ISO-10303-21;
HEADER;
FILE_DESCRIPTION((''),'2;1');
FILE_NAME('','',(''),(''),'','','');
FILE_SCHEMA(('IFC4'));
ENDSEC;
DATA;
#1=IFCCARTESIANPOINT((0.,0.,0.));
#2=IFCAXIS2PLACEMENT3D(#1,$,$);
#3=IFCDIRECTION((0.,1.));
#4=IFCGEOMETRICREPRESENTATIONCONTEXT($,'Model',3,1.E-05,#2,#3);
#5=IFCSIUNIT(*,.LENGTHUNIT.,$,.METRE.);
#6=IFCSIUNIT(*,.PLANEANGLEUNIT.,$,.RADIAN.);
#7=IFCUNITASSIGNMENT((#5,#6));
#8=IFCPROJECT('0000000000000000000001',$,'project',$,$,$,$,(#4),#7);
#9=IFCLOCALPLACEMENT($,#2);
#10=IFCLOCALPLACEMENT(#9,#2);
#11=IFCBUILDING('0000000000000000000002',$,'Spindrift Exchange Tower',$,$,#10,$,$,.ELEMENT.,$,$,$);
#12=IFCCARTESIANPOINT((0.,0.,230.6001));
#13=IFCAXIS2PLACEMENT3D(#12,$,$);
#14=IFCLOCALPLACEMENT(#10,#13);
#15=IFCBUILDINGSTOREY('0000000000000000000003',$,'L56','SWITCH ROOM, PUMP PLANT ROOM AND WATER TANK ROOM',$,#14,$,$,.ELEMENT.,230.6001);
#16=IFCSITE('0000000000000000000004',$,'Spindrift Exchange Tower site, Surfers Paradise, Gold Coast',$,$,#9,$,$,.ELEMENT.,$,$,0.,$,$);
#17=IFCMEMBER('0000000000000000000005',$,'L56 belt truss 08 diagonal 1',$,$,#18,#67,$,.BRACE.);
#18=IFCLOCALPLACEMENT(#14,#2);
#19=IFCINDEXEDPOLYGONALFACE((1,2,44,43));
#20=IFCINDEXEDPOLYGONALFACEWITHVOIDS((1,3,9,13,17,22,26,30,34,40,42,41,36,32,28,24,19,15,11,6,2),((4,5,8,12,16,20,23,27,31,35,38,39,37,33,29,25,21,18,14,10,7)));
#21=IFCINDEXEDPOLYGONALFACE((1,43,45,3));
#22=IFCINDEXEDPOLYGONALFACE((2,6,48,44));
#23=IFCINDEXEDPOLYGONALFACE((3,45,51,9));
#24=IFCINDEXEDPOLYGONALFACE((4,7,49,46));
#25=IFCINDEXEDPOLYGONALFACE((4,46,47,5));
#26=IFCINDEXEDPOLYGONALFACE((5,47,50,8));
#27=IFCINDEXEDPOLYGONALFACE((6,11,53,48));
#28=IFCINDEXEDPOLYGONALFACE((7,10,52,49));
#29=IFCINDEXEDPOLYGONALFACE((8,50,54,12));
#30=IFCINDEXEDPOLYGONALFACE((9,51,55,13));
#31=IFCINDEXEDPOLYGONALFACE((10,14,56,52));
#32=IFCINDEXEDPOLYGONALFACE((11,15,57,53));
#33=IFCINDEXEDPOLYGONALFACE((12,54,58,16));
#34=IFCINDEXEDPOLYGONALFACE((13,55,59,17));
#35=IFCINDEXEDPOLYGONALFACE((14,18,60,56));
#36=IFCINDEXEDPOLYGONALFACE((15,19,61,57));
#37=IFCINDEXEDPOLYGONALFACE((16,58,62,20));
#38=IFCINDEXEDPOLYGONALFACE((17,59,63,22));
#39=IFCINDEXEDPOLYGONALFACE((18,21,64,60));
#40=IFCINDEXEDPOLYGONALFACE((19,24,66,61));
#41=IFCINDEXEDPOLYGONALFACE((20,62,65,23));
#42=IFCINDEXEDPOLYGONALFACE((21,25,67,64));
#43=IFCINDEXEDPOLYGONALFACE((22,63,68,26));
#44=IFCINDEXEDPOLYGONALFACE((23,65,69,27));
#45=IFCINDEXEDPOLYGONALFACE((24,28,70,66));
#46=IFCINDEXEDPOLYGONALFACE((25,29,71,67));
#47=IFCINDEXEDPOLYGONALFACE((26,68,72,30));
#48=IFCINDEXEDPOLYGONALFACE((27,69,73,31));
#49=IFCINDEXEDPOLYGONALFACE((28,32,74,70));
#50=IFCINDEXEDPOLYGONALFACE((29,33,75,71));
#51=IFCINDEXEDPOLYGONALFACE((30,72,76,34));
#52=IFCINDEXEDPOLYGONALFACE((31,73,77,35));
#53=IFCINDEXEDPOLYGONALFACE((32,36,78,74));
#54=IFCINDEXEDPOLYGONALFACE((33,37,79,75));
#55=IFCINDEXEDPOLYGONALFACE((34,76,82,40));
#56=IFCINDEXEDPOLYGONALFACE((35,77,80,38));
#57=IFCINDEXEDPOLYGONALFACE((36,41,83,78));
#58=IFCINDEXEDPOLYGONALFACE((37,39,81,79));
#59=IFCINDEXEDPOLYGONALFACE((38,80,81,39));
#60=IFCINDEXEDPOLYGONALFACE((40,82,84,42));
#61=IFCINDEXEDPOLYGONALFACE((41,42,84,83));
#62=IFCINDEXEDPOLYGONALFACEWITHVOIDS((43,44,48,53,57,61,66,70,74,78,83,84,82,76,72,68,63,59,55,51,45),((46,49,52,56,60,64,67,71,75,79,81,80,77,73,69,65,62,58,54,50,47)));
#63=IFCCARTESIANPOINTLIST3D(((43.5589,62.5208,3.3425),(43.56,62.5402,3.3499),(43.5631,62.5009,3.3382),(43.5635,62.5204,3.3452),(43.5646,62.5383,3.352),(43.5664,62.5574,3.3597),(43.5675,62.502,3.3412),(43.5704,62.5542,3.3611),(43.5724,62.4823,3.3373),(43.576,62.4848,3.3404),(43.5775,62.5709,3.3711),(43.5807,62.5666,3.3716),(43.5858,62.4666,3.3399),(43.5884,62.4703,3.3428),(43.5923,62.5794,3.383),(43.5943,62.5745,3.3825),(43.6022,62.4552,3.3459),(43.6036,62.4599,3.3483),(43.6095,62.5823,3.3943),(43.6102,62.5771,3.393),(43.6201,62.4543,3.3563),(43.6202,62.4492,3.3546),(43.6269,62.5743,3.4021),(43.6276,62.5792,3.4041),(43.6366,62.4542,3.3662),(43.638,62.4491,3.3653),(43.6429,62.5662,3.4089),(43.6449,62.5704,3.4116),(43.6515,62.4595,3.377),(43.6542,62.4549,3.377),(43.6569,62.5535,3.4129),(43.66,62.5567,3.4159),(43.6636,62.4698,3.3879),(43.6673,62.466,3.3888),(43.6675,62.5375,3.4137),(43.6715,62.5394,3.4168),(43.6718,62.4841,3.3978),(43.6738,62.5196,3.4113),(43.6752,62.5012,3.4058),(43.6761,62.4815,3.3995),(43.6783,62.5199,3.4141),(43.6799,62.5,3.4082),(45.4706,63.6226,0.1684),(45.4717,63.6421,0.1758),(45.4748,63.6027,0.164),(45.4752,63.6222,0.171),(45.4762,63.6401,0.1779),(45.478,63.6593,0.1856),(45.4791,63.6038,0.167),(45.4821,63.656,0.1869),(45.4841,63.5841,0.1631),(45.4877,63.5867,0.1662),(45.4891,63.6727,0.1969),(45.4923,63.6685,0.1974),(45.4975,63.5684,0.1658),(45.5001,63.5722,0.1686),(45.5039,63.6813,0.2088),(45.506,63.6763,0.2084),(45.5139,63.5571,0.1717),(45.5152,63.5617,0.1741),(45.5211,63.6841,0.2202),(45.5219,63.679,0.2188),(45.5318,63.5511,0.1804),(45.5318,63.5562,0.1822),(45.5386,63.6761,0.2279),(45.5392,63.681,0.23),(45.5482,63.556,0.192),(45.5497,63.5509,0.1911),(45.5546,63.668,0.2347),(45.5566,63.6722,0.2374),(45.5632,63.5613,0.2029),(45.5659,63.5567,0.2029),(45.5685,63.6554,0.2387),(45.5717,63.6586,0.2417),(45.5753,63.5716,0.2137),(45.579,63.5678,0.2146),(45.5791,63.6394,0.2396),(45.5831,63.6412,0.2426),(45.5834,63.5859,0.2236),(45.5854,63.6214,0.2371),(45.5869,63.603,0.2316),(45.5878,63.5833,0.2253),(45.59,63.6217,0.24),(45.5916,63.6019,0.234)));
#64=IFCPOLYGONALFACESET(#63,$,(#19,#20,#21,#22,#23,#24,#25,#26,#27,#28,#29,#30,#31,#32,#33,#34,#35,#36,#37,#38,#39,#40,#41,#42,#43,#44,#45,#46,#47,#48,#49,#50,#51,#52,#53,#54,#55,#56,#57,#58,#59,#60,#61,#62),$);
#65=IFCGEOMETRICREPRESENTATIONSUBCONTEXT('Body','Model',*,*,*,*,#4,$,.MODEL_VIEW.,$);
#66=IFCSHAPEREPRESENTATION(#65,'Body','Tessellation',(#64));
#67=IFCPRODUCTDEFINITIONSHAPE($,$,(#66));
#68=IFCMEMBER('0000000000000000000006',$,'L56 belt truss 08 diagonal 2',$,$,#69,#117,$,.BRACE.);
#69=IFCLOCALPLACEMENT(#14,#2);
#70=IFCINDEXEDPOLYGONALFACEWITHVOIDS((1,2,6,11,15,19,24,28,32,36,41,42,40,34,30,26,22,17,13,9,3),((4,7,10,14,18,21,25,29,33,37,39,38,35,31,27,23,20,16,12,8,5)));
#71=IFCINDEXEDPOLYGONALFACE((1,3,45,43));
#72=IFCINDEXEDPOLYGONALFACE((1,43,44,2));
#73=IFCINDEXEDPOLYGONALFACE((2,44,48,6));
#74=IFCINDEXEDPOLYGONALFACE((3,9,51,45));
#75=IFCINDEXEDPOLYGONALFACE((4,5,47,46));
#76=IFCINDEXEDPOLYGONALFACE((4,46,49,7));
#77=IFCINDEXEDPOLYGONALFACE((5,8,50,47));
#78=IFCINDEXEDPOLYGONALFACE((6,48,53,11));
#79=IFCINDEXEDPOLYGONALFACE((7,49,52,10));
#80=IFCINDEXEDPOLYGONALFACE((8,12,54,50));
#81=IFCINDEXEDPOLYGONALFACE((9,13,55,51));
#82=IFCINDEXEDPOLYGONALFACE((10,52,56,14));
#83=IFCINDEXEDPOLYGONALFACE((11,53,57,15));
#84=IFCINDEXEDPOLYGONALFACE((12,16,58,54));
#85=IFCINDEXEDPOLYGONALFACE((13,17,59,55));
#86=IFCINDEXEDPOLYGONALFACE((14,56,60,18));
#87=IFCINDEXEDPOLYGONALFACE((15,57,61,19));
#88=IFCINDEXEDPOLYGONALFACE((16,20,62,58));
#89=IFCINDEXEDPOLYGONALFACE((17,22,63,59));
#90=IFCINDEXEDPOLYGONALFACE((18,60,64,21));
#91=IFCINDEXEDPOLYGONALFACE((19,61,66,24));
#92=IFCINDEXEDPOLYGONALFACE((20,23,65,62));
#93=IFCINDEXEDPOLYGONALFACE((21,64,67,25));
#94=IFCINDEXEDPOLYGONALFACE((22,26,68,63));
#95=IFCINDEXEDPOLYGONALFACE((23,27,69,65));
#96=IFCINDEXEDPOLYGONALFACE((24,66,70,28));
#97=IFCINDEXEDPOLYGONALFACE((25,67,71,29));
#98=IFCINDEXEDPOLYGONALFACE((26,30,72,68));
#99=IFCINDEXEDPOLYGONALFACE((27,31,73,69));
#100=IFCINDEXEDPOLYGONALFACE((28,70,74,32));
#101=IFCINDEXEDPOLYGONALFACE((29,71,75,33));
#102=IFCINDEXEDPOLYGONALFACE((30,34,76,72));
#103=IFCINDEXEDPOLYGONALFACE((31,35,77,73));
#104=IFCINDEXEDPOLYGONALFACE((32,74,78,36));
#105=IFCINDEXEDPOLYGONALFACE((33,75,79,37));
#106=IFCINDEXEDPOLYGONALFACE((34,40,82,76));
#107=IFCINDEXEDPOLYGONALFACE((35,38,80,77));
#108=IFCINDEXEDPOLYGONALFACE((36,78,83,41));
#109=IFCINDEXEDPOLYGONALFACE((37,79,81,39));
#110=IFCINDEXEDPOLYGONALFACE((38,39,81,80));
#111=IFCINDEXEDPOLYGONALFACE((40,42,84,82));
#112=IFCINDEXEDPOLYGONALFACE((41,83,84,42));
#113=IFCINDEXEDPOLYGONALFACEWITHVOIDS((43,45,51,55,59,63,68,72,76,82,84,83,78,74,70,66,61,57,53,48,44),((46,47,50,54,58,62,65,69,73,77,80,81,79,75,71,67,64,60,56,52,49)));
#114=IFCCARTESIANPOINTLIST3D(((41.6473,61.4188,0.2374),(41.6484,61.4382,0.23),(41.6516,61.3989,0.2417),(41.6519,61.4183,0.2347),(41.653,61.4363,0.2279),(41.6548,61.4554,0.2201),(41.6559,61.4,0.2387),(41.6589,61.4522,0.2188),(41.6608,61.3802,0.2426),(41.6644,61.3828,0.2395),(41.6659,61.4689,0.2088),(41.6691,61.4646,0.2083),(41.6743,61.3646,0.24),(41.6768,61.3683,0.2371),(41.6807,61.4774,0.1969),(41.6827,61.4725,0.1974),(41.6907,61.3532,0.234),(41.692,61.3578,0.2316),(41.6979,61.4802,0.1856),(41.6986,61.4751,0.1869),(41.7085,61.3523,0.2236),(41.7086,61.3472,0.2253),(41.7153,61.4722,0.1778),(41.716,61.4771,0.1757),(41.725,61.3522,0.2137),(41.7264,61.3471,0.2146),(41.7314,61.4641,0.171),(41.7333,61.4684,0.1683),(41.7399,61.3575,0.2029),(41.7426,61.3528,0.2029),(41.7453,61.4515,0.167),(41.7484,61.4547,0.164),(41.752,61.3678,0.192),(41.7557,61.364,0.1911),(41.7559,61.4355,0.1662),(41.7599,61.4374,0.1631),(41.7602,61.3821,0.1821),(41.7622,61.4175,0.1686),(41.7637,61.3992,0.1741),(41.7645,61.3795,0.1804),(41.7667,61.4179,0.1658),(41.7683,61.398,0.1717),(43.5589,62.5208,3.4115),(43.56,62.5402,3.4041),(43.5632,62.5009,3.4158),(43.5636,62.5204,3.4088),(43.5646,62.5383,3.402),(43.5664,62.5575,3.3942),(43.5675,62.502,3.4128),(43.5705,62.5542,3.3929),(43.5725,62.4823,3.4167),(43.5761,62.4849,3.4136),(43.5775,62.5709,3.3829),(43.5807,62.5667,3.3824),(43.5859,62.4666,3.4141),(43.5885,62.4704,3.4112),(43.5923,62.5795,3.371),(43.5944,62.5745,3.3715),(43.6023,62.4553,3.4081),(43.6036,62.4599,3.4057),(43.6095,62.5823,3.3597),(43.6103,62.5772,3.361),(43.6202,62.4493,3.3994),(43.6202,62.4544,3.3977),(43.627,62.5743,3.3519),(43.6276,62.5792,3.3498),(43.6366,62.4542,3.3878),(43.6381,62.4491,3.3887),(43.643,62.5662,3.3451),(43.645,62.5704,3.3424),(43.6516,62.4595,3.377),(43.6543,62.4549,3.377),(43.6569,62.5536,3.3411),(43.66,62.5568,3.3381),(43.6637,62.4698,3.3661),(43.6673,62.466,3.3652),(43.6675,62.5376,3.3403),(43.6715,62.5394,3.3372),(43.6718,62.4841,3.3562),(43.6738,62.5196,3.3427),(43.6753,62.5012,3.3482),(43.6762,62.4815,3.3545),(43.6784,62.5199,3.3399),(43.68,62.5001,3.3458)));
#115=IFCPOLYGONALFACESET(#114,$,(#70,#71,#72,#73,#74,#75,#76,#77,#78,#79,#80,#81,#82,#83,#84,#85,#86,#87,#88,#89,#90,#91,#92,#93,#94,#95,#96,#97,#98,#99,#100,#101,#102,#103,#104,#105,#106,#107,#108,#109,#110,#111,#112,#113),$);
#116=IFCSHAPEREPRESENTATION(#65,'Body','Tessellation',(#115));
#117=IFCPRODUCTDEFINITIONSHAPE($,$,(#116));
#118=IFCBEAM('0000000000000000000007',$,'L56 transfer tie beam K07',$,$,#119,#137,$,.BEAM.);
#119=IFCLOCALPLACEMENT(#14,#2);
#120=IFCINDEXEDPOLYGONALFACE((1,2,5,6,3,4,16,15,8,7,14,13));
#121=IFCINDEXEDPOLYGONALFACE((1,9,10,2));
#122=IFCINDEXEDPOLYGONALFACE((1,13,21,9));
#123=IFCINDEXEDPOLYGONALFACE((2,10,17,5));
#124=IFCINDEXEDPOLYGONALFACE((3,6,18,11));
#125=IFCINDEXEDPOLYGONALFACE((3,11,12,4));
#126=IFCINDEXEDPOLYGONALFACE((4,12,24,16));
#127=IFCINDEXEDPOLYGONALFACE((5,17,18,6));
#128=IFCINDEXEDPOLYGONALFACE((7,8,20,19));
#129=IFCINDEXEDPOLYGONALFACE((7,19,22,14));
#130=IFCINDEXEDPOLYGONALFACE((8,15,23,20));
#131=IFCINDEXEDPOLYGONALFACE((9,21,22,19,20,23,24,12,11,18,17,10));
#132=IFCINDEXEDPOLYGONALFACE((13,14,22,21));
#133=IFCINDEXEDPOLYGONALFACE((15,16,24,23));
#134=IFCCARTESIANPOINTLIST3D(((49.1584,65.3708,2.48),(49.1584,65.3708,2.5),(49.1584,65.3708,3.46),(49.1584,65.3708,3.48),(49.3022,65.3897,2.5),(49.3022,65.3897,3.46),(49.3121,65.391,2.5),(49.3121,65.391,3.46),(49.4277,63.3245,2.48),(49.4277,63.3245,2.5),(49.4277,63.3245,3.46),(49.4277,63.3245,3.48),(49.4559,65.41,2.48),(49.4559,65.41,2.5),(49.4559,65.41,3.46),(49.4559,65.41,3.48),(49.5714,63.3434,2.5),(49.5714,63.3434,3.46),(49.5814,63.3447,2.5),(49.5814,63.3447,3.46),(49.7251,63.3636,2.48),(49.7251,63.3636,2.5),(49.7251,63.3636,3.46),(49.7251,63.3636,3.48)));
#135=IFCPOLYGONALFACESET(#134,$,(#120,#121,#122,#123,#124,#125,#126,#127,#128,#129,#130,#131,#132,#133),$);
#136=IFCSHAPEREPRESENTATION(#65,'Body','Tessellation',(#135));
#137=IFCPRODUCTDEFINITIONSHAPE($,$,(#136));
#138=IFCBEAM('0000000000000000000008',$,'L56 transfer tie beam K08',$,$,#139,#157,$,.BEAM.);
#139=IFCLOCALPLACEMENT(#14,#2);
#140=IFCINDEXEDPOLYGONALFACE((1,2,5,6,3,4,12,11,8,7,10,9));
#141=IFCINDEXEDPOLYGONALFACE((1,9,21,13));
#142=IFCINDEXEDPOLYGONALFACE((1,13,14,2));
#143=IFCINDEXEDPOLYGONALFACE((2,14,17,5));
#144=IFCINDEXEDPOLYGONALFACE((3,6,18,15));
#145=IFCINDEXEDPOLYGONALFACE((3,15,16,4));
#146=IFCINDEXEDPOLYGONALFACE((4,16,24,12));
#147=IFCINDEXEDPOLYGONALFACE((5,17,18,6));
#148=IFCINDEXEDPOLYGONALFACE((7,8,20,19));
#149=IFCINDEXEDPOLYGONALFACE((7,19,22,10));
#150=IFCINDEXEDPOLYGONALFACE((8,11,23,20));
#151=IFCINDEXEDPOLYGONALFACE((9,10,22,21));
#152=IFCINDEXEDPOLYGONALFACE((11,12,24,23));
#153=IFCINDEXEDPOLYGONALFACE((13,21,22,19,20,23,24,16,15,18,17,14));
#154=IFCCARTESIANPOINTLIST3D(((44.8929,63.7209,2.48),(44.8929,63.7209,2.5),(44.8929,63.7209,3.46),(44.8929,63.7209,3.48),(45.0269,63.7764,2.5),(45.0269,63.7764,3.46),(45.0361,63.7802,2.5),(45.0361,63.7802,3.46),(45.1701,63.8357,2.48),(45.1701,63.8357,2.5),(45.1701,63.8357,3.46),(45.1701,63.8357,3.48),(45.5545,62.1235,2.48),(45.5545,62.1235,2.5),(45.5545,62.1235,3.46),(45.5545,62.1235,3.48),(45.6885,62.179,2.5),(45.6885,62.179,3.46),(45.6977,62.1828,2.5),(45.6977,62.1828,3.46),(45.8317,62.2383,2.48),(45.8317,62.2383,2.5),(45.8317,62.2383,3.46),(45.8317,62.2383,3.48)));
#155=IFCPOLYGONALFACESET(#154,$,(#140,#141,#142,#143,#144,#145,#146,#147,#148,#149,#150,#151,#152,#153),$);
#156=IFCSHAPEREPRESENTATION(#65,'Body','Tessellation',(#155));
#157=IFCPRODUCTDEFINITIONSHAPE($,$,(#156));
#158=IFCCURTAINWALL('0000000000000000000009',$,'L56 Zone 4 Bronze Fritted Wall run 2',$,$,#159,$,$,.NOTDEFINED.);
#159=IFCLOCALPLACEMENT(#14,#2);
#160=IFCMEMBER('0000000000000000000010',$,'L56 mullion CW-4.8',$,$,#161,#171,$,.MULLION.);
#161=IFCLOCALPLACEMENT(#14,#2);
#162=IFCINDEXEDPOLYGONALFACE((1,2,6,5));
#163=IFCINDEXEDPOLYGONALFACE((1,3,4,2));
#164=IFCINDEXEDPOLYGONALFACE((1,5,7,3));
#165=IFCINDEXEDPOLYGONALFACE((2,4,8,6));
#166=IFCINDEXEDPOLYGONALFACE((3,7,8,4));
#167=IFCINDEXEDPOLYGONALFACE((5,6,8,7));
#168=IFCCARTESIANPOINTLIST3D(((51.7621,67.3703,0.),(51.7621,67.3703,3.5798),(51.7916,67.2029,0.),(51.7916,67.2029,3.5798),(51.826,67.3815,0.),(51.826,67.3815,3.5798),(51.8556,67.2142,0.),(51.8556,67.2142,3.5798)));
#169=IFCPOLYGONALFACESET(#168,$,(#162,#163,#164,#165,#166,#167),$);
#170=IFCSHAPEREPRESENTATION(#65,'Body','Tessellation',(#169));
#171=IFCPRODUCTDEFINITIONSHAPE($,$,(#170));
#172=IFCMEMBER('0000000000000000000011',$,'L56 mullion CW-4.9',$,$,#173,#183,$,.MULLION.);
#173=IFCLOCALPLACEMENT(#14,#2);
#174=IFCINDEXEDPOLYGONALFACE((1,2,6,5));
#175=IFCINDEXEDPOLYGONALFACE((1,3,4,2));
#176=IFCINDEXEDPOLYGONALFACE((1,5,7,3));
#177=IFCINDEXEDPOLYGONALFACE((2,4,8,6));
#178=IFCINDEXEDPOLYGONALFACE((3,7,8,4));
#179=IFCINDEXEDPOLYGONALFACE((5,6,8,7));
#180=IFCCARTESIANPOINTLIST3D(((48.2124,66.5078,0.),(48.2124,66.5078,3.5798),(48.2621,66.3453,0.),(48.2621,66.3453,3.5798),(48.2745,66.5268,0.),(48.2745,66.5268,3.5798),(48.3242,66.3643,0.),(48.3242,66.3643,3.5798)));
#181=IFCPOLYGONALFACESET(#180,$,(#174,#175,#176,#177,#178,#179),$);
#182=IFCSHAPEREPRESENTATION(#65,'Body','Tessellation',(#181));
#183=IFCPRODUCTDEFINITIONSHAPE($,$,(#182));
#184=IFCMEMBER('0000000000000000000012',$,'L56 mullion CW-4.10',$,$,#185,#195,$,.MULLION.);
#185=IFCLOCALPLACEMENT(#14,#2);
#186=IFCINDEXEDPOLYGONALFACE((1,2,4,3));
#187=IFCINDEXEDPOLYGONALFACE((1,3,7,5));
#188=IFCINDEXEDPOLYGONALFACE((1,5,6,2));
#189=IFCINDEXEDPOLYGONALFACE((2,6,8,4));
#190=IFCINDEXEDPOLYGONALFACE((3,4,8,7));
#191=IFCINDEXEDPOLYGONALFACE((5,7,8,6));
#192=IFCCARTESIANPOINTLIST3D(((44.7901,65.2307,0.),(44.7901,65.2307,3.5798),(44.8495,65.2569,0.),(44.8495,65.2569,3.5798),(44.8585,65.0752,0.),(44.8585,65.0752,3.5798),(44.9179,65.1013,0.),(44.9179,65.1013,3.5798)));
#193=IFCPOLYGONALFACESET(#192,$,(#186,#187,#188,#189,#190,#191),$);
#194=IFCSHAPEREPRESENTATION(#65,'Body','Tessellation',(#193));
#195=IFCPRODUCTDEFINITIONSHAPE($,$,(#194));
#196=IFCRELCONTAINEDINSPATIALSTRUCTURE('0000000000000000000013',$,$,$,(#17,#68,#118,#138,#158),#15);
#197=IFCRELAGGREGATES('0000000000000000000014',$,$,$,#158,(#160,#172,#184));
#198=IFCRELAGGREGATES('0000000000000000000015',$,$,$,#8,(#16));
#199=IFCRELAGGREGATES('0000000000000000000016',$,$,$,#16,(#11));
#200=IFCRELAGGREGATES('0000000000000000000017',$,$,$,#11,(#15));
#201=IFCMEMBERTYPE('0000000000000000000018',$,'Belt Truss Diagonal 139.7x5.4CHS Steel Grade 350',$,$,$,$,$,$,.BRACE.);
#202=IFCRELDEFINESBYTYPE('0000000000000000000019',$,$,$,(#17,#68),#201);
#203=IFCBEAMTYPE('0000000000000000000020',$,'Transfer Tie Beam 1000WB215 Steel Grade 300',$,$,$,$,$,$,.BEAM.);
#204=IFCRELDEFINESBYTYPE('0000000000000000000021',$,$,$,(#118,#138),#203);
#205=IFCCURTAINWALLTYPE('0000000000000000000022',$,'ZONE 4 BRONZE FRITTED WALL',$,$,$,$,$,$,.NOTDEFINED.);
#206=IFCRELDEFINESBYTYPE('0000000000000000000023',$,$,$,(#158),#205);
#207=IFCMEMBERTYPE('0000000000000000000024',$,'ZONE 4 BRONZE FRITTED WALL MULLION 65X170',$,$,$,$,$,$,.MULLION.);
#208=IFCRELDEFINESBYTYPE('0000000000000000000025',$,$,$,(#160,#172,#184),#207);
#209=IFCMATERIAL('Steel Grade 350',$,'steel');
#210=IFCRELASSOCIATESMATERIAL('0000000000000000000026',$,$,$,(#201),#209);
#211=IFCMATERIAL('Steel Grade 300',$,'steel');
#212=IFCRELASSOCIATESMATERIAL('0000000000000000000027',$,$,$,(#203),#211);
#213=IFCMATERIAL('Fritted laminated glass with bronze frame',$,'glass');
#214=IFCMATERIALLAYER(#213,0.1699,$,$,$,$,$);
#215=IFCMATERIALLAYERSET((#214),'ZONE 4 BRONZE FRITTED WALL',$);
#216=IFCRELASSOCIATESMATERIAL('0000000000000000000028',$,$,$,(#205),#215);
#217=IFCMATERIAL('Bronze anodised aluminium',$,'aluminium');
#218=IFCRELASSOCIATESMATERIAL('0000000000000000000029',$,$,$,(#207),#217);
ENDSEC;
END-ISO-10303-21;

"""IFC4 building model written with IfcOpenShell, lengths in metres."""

from ifc_helpers import new_model, si_unit, direction, frame, origin, origin_2d, place, context, subcontext, project, spatial, rectangle, hollow_circle, i_section, extrude, source, transform, mapped, material, layer, layer_set, material_profile, profile_set, type_object, element, aggregate, save


model = new_model("IFC4")

# Units and contexts
model_context = context("Model", 3, precision=1e-05, world=origin(), true_north=direction((0.0, 1.0)))
body_context = subcontext(model_context, "Body", "Model", "MODEL_VIEW")
ifc_project = project(units=[si_unit("LENGTHUNIT", "METRE"), si_unit("PLANEANGLEUNIT", "RADIAN")], contexts=[model_context])

# Site, building, storey
site_placement = place(None, origin())
site = spatial("IfcSite", under=ifc_project, at=site_placement, Name="Spindrift Exchange Tower site, Surfers Paradise, Gold Coast", CompositionType="ELEMENT", RefElevation=0.0)
building_placement = place(site_placement, origin())
building = spatial("IfcBuilding", under=site, at=building_placement, Name="Spindrift Exchange Tower", CompositionType="ELEMENT")
storey_placement = place(building_placement, frame((0.0, 0.0, 230.6001)))
storey = spatial("IfcBuildingStorey", under=building, at=storey_placement, Name="L56", Description="SWITCH ROOM, PUMP PLANT ROOM AND WATER TANK ROOM", CompositionType="ELEMENT", Elevation=230.6001)

# Members
ifc_material_1 = material(Name="Steel Grade 300", Category="steel")
ifc_material_2 = material(Name="Steel Grade 350", Category="steel")
ifc_material_profile_1 = material_profile(ifc_material_2, hollow_circle(Radius=0.0698, WallThickness=0.0054, at=origin_2d()), Name="139.7x5.4CHS")
ifc_profile_set_1 = profile_set([ifc_material_profile_1], Name="Steel Grade 350")
member_type_1 = type_object("IfcMemberType", Name="Belt Truss Diagonal 139.7x5.4CHS Steel Grade 350", PredefinedType="BRACE", material=ifc_profile_set_1)
shared_shape_1 = source(origin(), body_context, "Body", "SweptSolid", [
    extrude(hollow_circle(Radius=0.0698, WallThickness=0.0054, at=origin_2d()), origin(), (0.0, 0.0, 1.0), 3.8657),
])
for number, where, z_axis, x_axis, name in (
    (1, (45.531, 63.6172, 0.2029), (-0.494519, -0.285027, 0.821103), (0.499365, -0.866392, 0.0), "L56 belt truss 08 diagonal 1"),
    (2, (43.6194, 62.5154, 3.377), (-0.49451, -0.285085, -0.821089), (0.499448, -0.866344, 0.0), "L56 belt truss 08 diagonal 2"),
):
    element("IfcMember", number, at=place(storey_placement, frame(where, z_axis=z_axis, x_axis=x_axis)), inside=storey, type_object=member_type_1, Name=name, PredefinedType="BRACE", context=body_context, shape_type="MappedRepresentation", body=[
        mapped(shared_shape_1, transform((0.0, 0.0, 0.0), scale=1.0)),
    ])

# Beams
ifc_material_profile_2 = material_profile(ifc_material_1, i_section(OverallWidth=0.3, OverallDepth=1.0, WebThickness=0.01, FlangeThickness=0.02, at=origin_2d()), Name="1000WB215")
ifc_profile_set_2 = profile_set([ifc_material_profile_2], Name="Steel Grade 300")
beam_type = type_object("IfcBeamType", Name="Transfer Tie Beam 1000WB215 Steel Grade 300", PredefinedType="BEAM", material=ifc_profile_set_2)
shared_shape_2 = source(origin(), body_context, "Body", "SweptSolid", [
    extrude(i_section(OverallWidth=0.3, OverallDepth=1.0, WebThickness=0.01, FlangeThickness=0.02, at=origin_2d()), origin(), (0.0, 0.0, 1.0), 2.064),
])
beam_1_placement = place(storey_placement, frame((49.3071, 65.3904, 2.98), z_axis=(0.130467, -0.991453, 0.0), x_axis=(0.991453, 0.130467, 0.0)))
element("IfcBeam", 3, at=beam_1_placement, inside=storey, type_object=beam_type, Name="L56 transfer tie beam K07", PredefinedType="BEAM", context=body_context, shape_type="MappedRepresentation", body=[
    mapped(shared_shape_2, transform((0.0, 0.0, 0.0), scale=1.0)),
])
shared_shape_3 = source(origin(), body_context, "Body", "SweptSolid", [
    extrude(i_section(OverallWidth=0.3, OverallDepth=1.0, WebThickness=0.01, FlangeThickness=0.02, at=origin_2d()), origin(), (0.0, 0.0, 1.0), 1.729),
])
beam_2_placement = place(storey_placement, frame((45.0315, 63.7783, 2.98), z_axis=(0.382659, -0.923889, 0.0), x_axis=(0.923889, 0.382659, 0.0)))
element("IfcBeam", 4, at=beam_2_placement, inside=storey, type_object=beam_type, Name="L56 transfer tie beam K08", PredefinedType="BEAM", context=body_context, shape_type="MappedRepresentation", body=[
    mapped(shared_shape_3, transform((0.0, 0.0, 0.0), scale=1.0)),
])

# Curtain wall, members
ifc_material_3 = material(Name="Fritted laminated glass with bronze frame", Category="glass")
ifc_layer_1 = layer(ifc_material_3, 0.1699)
ifc_layer_set_1 = layer_set([ifc_layer_1], Name="ZONE 4 BRONZE FRITTED WALL")
curtain_wall_type = type_object("IfcCurtainWallType", Name="ZONE 4 BRONZE FRITTED WALL", PredefinedType="NOTDEFINED", material=ifc_layer_set_1)
curtain_wall_placement = place(storey_placement, origin())
curtain_wall = element("IfcCurtainWall", 5, at=curtain_wall_placement, inside=storey, type_object=curtain_wall_type, Name="L56 Zone 4 Bronze Fritted Wall run 2", PredefinedType="NOTDEFINED")
ifc_material_4 = material(Name="Bronze anodised aluminium", Category="aluminium")
ifc_material_profile_3 = material_profile(ifc_material_4, rectangle(XDim=0.0649, YDim=0.1699, at=origin_2d()), Name="ZONE 4 BRONZE FRITTED WALL MULLION 65X170")
ifc_profile_set_3 = profile_set([ifc_material_profile_3], Name="Bronze anodised aluminium")
member_type_2 = type_object("IfcMemberType", Name="ZONE 4 BRONZE FRITTED WALL MULLION 65X170", PredefinedType="MULLION", material=ifc_profile_set_3)
shared_shape_4 = source(origin(), body_context, "Body", "SweptSolid", [
    extrude(rectangle(XDim=0.0649, YDim=0.1699, at=origin_2d()), origin(), (0.0, 0.0, 1.0), 3.5798),
])
member_1_placement = place(storey_placement, frame((51.8088, 67.2922, 0.0), z_axis=(0.0, 0.0, 1.0), x_axis=(-0.984762, -0.173909, 0.0)))
member_1 = element("IfcMember", 6, at=member_1_placement, type_object=member_type_2, Name="L56 mullion CW-4.8", PredefinedType="MULLION", context=body_context, shape_type="MappedRepresentation", body=[
    mapped(shared_shape_4, transform((0.0, 0.0, 0.0), scale=1.0)),
])
member_2_placement = place(storey_placement, frame((48.2683, 66.436, 0.0), z_axis=(0.0, 0.0, 1.0), x_axis=(-0.956314, -0.292343, 0.0)))
member_2 = element("IfcMember", 7, at=member_2_placement, type_object=member_type_2, Name="L56 mullion CW-4.9", PredefinedType="MULLION", context=body_context, shape_type="MappedRepresentation", body=[
    mapped(shared_shape_4, transform((0.0, 0.0, 0.0), scale=1.0)),
])
member_3_placement = place(storey_placement, frame((44.854, 65.166, 0.0), z_axis=(0.0, 0.0, 1.0), x_axis=(-0.915388, -0.402573, 0.0)))
member_3 = element("IfcMember", 8, at=member_3_placement, type_object=member_type_2, Name="L56 mullion CW-4.10", PredefinedType="MULLION", context=body_context, shape_type="MappedRepresentation", body=[
    mapped(shared_shape_4, transform((0.0, 0.0, 0.0), scale=1.0)),
])
aggregate(curtain_wall, [member_1, member_2, member_3])

save(model, "model.ifc")
